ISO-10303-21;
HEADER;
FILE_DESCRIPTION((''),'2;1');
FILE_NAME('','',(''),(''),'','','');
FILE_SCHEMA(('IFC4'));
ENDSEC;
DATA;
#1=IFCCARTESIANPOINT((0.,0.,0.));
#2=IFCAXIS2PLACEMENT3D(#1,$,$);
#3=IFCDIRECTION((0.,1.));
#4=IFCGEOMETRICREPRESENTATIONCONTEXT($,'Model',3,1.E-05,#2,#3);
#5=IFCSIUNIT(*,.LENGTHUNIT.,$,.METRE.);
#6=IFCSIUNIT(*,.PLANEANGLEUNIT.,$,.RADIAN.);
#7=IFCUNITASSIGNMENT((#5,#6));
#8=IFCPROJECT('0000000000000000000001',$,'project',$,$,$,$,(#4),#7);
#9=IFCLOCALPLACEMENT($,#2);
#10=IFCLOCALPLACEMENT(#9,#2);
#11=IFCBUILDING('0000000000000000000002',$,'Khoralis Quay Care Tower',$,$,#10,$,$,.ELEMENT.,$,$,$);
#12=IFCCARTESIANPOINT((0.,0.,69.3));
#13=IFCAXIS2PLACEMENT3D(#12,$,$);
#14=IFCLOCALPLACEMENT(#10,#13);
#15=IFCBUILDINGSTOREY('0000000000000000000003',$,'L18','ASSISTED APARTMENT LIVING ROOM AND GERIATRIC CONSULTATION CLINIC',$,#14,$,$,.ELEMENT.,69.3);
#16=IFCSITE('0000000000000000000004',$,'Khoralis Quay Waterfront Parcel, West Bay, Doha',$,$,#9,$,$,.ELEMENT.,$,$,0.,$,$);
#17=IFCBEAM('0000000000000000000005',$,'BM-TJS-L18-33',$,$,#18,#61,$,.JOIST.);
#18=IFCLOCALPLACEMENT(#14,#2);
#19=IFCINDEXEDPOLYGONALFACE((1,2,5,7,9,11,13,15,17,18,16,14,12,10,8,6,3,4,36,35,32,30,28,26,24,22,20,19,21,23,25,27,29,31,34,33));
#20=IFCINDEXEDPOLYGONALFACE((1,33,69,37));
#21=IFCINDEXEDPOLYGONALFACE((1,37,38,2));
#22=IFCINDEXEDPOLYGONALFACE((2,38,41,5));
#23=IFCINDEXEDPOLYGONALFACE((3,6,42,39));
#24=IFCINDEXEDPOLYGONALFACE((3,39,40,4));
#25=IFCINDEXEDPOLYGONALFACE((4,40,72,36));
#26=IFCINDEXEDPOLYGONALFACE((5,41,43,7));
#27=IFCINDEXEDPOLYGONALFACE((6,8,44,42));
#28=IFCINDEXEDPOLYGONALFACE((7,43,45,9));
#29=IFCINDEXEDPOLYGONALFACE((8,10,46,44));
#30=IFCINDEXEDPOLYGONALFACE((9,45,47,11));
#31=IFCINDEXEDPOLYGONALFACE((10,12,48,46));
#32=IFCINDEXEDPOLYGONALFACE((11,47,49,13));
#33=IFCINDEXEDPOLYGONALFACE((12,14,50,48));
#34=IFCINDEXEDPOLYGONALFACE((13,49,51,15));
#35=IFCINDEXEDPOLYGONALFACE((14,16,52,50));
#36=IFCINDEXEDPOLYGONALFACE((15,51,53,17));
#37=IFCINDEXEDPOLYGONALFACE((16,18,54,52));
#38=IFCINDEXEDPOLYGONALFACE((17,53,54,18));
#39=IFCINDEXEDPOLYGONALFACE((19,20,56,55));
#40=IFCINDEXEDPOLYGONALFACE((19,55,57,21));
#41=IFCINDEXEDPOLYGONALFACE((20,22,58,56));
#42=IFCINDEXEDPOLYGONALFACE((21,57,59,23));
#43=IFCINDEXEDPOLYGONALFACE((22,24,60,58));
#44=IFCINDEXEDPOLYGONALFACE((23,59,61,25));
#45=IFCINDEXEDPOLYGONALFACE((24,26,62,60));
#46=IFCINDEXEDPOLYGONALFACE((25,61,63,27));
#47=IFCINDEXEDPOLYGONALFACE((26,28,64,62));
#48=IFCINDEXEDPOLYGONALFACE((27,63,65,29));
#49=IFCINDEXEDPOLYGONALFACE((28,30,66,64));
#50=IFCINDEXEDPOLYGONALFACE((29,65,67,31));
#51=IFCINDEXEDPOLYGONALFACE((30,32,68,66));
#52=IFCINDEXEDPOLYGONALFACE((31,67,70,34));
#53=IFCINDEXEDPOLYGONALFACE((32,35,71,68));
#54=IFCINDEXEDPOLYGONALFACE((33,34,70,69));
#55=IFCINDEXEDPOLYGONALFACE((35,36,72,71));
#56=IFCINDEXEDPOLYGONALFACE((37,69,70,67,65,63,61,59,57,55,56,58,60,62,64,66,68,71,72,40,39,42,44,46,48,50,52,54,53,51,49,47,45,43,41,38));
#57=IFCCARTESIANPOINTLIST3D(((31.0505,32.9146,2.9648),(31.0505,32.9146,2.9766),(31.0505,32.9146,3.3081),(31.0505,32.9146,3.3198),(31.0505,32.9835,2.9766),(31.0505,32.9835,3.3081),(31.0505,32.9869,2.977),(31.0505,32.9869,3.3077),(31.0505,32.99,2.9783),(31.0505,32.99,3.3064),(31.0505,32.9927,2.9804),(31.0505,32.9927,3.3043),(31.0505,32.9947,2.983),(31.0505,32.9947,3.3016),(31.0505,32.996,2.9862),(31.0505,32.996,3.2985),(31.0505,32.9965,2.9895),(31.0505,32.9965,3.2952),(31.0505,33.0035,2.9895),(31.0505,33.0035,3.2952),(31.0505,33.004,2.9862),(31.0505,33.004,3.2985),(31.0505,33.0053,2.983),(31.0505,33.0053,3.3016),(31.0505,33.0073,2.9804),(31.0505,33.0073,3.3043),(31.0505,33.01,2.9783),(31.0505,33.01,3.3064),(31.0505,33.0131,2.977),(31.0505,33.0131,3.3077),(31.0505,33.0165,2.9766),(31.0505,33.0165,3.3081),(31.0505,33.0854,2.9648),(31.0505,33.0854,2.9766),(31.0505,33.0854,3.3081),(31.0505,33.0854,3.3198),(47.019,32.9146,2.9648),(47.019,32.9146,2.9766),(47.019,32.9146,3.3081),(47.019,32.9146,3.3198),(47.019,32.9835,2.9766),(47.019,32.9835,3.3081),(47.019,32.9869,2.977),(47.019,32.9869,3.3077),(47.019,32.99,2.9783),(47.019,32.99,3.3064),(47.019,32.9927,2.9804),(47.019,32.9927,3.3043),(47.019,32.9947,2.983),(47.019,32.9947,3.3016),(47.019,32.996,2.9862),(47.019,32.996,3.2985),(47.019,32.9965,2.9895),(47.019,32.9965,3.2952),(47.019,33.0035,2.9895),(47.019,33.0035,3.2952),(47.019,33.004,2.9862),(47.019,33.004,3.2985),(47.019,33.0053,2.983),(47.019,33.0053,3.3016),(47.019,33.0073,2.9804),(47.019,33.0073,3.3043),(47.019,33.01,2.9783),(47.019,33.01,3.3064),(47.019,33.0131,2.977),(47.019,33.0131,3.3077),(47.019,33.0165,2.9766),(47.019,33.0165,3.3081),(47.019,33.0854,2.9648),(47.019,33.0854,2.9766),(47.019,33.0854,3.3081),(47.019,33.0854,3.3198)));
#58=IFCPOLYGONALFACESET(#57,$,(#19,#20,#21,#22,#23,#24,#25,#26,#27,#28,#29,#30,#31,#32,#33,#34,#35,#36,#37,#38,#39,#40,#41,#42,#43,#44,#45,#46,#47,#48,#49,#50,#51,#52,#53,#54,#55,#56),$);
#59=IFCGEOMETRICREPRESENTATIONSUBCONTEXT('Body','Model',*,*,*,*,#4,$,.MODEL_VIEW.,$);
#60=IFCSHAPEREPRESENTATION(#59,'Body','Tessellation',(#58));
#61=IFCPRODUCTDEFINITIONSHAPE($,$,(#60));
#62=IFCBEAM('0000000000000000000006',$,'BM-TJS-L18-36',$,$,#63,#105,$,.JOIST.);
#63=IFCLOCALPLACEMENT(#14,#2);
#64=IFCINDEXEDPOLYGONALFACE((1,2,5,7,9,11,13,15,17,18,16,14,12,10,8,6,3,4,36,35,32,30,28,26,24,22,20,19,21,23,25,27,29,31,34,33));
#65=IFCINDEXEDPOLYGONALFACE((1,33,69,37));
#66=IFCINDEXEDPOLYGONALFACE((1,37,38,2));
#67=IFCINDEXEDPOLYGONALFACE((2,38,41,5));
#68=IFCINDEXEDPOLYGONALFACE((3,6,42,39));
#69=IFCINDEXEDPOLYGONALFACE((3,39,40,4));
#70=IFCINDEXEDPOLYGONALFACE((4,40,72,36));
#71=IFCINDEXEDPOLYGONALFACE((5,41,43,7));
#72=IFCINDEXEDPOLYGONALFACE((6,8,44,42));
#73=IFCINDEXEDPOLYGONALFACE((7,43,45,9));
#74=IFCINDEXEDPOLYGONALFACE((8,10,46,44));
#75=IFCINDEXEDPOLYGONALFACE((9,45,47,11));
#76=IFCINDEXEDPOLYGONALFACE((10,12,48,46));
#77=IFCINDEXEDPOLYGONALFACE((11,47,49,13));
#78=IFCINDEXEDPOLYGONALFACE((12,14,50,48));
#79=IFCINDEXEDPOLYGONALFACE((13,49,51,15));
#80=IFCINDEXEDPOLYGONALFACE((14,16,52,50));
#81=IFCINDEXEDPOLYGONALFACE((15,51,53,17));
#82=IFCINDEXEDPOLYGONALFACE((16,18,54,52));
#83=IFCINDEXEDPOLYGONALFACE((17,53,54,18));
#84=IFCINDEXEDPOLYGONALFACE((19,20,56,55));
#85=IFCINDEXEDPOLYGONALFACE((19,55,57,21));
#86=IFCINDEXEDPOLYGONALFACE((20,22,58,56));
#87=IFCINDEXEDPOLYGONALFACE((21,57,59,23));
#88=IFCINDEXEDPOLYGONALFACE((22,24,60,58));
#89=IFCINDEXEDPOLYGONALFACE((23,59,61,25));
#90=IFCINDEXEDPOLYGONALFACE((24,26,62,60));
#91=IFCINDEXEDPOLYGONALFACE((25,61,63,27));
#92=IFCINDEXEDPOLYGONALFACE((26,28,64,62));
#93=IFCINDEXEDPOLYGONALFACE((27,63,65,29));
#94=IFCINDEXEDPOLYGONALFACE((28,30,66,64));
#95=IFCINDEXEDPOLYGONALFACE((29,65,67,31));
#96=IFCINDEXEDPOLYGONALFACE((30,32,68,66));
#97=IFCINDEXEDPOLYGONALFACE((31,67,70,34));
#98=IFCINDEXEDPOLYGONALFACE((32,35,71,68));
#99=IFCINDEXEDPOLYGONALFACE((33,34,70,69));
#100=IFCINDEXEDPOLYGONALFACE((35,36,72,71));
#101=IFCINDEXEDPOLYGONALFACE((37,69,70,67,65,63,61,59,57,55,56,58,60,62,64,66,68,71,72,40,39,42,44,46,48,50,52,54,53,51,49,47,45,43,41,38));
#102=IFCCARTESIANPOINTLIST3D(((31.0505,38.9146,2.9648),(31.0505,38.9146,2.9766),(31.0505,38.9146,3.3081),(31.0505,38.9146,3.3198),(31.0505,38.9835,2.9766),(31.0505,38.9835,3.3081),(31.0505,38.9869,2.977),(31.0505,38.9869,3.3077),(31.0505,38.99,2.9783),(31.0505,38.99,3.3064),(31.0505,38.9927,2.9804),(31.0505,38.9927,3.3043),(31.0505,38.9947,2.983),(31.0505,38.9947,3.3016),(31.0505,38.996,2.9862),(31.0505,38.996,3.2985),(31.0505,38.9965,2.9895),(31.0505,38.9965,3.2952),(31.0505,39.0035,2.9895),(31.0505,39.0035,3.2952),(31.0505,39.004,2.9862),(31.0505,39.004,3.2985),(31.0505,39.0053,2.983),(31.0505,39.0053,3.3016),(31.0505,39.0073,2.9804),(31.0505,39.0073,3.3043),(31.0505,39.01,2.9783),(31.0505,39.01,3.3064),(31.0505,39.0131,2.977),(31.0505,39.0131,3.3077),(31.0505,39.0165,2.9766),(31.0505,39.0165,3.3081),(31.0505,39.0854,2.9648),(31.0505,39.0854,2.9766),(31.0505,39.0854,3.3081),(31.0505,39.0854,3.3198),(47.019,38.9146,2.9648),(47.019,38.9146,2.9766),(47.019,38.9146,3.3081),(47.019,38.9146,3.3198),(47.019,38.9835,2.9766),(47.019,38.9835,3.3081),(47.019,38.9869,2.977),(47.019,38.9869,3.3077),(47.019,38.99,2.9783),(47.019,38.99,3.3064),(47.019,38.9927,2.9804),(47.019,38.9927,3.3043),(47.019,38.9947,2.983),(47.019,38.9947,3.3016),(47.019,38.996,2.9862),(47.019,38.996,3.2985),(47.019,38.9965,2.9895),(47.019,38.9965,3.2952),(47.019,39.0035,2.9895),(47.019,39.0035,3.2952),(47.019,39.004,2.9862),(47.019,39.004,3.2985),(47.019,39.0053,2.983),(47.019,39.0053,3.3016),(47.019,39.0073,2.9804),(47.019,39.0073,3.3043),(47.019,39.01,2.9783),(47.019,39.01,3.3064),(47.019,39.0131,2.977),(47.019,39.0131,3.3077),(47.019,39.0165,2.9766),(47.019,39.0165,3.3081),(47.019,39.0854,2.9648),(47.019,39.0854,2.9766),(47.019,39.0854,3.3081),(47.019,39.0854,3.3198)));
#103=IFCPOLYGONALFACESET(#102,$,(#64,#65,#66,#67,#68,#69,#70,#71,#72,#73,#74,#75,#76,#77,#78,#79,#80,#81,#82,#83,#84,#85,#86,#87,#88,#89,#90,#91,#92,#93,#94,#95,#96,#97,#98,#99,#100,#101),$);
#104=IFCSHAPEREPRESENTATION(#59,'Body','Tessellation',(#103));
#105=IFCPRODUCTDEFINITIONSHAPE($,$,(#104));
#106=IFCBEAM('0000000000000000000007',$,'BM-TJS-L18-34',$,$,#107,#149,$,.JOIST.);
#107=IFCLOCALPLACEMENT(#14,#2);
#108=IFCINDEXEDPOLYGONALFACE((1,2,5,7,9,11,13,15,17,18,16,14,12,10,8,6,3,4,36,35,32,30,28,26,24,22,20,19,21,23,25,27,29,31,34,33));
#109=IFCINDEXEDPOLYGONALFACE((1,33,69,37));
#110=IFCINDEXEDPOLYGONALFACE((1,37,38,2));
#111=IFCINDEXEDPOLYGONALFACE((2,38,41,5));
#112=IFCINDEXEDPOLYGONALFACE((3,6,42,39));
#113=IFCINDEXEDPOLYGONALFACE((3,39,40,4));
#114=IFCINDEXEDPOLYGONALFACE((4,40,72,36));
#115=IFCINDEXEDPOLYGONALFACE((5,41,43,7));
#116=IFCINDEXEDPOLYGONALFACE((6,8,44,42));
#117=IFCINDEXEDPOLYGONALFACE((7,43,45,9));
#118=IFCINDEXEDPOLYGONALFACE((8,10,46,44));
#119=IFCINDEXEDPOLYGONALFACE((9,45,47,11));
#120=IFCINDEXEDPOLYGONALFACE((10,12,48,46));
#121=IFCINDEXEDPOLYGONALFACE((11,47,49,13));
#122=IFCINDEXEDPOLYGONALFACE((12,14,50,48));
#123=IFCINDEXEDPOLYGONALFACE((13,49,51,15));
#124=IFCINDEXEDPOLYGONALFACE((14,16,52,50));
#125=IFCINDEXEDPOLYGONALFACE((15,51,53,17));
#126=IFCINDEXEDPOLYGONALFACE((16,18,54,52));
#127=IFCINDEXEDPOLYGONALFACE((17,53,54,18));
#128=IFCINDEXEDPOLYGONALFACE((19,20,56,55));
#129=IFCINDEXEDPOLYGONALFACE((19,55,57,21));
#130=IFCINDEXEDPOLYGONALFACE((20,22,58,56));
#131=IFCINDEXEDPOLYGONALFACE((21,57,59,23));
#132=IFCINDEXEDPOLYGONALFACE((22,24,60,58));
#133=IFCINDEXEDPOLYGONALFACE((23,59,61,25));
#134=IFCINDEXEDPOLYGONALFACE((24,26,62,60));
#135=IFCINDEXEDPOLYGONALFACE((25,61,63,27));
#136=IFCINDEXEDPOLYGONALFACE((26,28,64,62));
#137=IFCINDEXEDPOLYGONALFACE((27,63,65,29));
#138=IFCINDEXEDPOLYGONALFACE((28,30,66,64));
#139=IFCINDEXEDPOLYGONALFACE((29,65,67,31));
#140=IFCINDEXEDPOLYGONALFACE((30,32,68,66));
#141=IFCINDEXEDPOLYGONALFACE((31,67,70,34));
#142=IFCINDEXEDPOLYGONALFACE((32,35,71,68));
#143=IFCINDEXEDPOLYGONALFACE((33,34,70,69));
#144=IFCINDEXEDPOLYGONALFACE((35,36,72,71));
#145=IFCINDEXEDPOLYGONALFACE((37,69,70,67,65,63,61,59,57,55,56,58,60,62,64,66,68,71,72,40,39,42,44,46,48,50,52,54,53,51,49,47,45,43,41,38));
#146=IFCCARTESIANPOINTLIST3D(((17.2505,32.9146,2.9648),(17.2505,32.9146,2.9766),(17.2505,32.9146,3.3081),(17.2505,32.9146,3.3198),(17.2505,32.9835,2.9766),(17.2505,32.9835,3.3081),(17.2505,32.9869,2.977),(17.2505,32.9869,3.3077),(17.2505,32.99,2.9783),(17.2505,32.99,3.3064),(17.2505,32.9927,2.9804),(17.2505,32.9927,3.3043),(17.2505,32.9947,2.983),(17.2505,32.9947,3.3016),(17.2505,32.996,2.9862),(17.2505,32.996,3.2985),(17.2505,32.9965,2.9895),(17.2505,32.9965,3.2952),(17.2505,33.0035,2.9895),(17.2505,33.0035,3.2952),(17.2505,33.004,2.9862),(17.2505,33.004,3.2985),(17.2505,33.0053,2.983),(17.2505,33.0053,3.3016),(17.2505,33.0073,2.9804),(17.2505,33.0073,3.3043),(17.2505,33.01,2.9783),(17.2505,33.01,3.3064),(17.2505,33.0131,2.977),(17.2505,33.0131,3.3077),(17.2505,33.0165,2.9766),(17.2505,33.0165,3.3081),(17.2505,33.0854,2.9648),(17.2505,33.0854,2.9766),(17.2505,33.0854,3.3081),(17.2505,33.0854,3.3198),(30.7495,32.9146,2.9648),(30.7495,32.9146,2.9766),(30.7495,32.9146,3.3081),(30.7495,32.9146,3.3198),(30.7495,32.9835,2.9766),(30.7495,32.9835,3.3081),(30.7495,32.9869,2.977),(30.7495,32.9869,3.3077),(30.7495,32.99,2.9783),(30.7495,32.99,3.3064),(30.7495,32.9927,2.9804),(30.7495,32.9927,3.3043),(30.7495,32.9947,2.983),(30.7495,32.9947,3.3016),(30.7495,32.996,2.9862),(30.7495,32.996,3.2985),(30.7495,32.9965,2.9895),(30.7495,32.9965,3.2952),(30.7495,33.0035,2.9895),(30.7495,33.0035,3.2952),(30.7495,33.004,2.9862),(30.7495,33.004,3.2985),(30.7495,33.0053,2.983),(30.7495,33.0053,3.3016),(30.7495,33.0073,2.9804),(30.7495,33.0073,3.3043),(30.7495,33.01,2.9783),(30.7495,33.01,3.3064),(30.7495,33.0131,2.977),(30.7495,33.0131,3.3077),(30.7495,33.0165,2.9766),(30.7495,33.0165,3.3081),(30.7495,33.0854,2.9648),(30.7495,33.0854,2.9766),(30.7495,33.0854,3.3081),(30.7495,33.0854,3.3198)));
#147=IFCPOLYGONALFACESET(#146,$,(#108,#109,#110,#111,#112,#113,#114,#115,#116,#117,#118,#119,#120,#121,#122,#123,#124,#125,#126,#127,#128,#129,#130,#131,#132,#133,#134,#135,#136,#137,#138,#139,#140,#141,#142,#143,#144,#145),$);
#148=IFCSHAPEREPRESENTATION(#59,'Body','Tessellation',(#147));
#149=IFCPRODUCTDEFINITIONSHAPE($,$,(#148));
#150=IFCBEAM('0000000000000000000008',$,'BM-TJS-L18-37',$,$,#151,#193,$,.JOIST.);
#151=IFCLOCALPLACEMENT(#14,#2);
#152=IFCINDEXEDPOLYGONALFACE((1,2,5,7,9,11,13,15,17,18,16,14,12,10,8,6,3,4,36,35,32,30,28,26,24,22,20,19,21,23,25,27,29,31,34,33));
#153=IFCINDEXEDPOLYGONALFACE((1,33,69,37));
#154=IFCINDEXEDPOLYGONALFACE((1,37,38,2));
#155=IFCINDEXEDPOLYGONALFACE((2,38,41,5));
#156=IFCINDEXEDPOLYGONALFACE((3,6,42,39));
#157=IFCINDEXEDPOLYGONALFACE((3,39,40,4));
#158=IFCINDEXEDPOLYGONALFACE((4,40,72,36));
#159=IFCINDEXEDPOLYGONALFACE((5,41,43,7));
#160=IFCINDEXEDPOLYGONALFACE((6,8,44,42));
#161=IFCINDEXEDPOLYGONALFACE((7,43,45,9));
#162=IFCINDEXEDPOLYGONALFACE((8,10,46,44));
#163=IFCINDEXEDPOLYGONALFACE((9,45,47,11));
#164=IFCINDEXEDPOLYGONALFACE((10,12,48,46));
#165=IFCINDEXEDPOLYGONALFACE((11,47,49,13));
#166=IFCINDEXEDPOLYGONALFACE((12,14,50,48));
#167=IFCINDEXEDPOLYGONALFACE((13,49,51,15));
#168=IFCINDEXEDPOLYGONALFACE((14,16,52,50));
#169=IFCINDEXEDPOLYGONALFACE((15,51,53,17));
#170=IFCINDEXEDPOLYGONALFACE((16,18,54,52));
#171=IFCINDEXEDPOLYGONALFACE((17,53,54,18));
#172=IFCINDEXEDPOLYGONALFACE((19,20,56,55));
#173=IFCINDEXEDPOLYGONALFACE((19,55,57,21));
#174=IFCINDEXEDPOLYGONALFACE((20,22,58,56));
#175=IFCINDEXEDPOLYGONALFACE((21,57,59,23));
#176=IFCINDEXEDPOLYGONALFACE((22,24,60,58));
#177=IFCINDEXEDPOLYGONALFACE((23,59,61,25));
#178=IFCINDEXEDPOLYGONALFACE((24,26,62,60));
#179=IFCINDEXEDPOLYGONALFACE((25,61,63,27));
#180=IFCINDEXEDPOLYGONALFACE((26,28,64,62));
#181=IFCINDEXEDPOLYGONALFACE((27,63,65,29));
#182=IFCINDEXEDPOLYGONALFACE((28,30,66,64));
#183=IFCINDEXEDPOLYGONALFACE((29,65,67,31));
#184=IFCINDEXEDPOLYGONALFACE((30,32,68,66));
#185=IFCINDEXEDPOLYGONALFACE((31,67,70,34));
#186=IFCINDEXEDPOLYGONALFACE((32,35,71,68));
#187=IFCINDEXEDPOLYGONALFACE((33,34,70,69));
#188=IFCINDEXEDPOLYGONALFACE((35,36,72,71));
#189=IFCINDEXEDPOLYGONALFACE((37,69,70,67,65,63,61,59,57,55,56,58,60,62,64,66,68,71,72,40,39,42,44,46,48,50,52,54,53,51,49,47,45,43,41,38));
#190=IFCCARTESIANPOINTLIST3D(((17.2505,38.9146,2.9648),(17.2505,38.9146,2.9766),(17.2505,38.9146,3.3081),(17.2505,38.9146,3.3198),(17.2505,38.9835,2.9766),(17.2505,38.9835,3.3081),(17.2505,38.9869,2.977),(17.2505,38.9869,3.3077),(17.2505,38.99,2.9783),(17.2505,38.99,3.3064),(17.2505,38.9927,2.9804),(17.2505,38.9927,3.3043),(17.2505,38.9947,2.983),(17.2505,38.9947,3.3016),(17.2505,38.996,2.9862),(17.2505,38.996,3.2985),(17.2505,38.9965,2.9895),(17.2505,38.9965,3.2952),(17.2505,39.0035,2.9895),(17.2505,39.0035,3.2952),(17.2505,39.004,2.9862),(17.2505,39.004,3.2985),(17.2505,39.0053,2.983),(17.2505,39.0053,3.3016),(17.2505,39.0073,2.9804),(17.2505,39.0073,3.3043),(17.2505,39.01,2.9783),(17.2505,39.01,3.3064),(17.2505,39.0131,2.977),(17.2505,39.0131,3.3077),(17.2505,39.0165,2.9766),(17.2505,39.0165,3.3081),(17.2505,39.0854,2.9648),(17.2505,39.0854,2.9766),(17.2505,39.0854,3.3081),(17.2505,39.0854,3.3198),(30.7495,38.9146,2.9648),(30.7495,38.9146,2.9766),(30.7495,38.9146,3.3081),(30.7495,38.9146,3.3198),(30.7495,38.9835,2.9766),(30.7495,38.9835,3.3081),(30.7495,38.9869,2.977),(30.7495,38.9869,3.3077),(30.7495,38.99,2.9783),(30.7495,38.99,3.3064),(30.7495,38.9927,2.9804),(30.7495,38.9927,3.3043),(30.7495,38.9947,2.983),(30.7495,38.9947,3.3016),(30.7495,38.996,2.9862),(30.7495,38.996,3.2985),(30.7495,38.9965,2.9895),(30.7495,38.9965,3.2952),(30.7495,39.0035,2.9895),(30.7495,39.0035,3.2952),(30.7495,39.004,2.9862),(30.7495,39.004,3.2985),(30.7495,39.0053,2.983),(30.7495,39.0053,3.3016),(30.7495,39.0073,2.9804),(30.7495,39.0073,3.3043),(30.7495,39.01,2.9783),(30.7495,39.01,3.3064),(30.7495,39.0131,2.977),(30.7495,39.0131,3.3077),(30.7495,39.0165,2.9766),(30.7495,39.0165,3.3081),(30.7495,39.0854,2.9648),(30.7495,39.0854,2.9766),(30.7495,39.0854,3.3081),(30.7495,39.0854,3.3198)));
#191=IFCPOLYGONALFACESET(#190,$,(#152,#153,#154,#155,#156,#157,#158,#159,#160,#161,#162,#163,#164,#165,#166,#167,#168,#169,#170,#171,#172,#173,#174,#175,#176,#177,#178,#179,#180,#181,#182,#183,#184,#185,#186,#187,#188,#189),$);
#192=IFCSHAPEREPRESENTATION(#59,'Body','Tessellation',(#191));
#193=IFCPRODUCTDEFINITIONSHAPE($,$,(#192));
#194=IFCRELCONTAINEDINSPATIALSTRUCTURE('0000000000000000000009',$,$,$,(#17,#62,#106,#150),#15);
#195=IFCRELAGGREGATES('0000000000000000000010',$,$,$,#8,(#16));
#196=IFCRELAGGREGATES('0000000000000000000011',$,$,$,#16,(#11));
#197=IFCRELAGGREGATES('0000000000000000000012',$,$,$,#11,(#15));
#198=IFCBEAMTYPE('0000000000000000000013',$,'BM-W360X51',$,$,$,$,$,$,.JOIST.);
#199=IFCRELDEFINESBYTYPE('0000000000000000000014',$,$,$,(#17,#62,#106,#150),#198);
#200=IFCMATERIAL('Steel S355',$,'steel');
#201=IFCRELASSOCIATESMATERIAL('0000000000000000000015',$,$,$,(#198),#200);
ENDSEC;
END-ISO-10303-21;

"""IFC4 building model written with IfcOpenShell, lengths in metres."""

from ifc_helpers import new_model, si_unit, direction, frame, origin, origin_2d, place, context, subcontext, project, spatial, i_section, extrude, source, transform, mapped, material, material_profile, profile_set, type_object, element, save


model = new_model("IFC4")

# Units and contexts
model_context = context("Model", 3, precision=1e-05, world=origin(), true_north=direction((0.0, 1.0)))
body_context = subcontext(model_context, "Body", "Model", "MODEL_VIEW")
ifc_project = project(units=[si_unit("LENGTHUNIT", "METRE"), si_unit("PLANEANGLEUNIT", "RADIAN")], contexts=[model_context])

# Site, building, storey
site_placement = place(None, origin())
site = spatial("IfcSite", under=ifc_project, at=site_placement, Name="Khoralis Quay Waterfront Parcel, West Bay, Doha", CompositionType="ELEMENT", RefElevation=0.0)
building_placement = place(site_placement, origin())
building = spatial("IfcBuilding", under=site, at=building_placement, Name="Khoralis Quay Care Tower", CompositionType="ELEMENT")
storey_placement = place(building_placement, frame((0.0, 0.0, 69.3)))
storey = spatial("IfcBuildingStorey", under=building, at=storey_placement, Name="L18", Description="ASSISTED APARTMENT LIVING ROOM AND GERIATRIC CONSULTATION CLINIC", CompositionType="ELEMENT", Elevation=69.3)

# Beams
ifc_material_1 = material(Name="Steel S355", Category="steel")
ifc_material_profile_1 = material_profile(ifc_material_1, i_section(OverallWidth=0.1709, OverallDepth=0.355, WebThickness=0.0071, FlangeThickness=0.0117, FilletRadius=0.0129, at=origin_2d()), Name="Steel S355")
ifc_profile_set_1 = profile_set([ifc_material_profile_1], Name="Steel S355")
beam_type_1 = type_object("IfcBeamType", Name="BM-W360X51", PredefinedType="JOIST", material=ifc_profile_set_1)
shared_shape_1 = source(origin(), body_context, "Body", "SweptSolid", [
    extrude(i_section(OverallWidth=0.1709, OverallDepth=0.355, WebThickness=0.0071, FlangeThickness=0.0117, FilletRadius=0.0129, at=origin_2d()), origin(), (0.0, 0.0, 1.0), 15.9685),
])
for number, where, z_axis, x_axis, name in (
    (1, (31.0505, 33.0, 3.1423), (1.0, 0.0, 0.0), (0.0, 1.0, 0.0), "BM-TJS-L18-33"),
    (2, (31.0505, 39.0, 3.1423), (1.0, 0.0, 0.0), (0.0, 1.0, 0.0), "BM-TJS-L18-36"),
):
    element("IfcBeam", number, at=place(storey_placement, frame(where, z_axis=z_axis, x_axis=x_axis)), inside=storey, type_object=beam_type_1, Name=name, PredefinedType="JOIST", context=body_context, shape_type="MappedRepresentation", body=[
        mapped(shared_shape_1, transform((0.0, 0.0, 0.0), scale=1.0)),
    ])
shared_shape_2 = source(origin(), body_context, "Body", "SweptSolid", [
    extrude(i_section(OverallWidth=0.1709, OverallDepth=0.355, WebThickness=0.0071, FlangeThickness=0.0117, FilletRadius=0.0129, at=origin_2d()), origin(), (0.0, 0.0, 1.0), 13.499),
])
for number, where, z_axis, x_axis, name in (
    (3, (17.2505, 33.0, 3.1423), (1.0, 0.0, 0.0), (0.0, 1.0, 0.0), "BM-TJS-L18-34"),
    (4, (17.2505, 39.0, 3.1423), (1.0, 0.0, 0.0), (0.0, 1.0, 0.0), "BM-TJS-L18-37"),
):
    element("IfcBeam", number, at=place(storey_placement, frame(where, z_axis=z_axis, x_axis=x_axis)), inside=storey, type_object=beam_type_1, Name=name, PredefinedType="JOIST", context=body_context, shape_type="MappedRepresentation", body=[
        mapped(shared_shape_2, transform((0.0, 0.0, 0.0), scale=1.0)),
    ])

save(model, "model.ifc")
